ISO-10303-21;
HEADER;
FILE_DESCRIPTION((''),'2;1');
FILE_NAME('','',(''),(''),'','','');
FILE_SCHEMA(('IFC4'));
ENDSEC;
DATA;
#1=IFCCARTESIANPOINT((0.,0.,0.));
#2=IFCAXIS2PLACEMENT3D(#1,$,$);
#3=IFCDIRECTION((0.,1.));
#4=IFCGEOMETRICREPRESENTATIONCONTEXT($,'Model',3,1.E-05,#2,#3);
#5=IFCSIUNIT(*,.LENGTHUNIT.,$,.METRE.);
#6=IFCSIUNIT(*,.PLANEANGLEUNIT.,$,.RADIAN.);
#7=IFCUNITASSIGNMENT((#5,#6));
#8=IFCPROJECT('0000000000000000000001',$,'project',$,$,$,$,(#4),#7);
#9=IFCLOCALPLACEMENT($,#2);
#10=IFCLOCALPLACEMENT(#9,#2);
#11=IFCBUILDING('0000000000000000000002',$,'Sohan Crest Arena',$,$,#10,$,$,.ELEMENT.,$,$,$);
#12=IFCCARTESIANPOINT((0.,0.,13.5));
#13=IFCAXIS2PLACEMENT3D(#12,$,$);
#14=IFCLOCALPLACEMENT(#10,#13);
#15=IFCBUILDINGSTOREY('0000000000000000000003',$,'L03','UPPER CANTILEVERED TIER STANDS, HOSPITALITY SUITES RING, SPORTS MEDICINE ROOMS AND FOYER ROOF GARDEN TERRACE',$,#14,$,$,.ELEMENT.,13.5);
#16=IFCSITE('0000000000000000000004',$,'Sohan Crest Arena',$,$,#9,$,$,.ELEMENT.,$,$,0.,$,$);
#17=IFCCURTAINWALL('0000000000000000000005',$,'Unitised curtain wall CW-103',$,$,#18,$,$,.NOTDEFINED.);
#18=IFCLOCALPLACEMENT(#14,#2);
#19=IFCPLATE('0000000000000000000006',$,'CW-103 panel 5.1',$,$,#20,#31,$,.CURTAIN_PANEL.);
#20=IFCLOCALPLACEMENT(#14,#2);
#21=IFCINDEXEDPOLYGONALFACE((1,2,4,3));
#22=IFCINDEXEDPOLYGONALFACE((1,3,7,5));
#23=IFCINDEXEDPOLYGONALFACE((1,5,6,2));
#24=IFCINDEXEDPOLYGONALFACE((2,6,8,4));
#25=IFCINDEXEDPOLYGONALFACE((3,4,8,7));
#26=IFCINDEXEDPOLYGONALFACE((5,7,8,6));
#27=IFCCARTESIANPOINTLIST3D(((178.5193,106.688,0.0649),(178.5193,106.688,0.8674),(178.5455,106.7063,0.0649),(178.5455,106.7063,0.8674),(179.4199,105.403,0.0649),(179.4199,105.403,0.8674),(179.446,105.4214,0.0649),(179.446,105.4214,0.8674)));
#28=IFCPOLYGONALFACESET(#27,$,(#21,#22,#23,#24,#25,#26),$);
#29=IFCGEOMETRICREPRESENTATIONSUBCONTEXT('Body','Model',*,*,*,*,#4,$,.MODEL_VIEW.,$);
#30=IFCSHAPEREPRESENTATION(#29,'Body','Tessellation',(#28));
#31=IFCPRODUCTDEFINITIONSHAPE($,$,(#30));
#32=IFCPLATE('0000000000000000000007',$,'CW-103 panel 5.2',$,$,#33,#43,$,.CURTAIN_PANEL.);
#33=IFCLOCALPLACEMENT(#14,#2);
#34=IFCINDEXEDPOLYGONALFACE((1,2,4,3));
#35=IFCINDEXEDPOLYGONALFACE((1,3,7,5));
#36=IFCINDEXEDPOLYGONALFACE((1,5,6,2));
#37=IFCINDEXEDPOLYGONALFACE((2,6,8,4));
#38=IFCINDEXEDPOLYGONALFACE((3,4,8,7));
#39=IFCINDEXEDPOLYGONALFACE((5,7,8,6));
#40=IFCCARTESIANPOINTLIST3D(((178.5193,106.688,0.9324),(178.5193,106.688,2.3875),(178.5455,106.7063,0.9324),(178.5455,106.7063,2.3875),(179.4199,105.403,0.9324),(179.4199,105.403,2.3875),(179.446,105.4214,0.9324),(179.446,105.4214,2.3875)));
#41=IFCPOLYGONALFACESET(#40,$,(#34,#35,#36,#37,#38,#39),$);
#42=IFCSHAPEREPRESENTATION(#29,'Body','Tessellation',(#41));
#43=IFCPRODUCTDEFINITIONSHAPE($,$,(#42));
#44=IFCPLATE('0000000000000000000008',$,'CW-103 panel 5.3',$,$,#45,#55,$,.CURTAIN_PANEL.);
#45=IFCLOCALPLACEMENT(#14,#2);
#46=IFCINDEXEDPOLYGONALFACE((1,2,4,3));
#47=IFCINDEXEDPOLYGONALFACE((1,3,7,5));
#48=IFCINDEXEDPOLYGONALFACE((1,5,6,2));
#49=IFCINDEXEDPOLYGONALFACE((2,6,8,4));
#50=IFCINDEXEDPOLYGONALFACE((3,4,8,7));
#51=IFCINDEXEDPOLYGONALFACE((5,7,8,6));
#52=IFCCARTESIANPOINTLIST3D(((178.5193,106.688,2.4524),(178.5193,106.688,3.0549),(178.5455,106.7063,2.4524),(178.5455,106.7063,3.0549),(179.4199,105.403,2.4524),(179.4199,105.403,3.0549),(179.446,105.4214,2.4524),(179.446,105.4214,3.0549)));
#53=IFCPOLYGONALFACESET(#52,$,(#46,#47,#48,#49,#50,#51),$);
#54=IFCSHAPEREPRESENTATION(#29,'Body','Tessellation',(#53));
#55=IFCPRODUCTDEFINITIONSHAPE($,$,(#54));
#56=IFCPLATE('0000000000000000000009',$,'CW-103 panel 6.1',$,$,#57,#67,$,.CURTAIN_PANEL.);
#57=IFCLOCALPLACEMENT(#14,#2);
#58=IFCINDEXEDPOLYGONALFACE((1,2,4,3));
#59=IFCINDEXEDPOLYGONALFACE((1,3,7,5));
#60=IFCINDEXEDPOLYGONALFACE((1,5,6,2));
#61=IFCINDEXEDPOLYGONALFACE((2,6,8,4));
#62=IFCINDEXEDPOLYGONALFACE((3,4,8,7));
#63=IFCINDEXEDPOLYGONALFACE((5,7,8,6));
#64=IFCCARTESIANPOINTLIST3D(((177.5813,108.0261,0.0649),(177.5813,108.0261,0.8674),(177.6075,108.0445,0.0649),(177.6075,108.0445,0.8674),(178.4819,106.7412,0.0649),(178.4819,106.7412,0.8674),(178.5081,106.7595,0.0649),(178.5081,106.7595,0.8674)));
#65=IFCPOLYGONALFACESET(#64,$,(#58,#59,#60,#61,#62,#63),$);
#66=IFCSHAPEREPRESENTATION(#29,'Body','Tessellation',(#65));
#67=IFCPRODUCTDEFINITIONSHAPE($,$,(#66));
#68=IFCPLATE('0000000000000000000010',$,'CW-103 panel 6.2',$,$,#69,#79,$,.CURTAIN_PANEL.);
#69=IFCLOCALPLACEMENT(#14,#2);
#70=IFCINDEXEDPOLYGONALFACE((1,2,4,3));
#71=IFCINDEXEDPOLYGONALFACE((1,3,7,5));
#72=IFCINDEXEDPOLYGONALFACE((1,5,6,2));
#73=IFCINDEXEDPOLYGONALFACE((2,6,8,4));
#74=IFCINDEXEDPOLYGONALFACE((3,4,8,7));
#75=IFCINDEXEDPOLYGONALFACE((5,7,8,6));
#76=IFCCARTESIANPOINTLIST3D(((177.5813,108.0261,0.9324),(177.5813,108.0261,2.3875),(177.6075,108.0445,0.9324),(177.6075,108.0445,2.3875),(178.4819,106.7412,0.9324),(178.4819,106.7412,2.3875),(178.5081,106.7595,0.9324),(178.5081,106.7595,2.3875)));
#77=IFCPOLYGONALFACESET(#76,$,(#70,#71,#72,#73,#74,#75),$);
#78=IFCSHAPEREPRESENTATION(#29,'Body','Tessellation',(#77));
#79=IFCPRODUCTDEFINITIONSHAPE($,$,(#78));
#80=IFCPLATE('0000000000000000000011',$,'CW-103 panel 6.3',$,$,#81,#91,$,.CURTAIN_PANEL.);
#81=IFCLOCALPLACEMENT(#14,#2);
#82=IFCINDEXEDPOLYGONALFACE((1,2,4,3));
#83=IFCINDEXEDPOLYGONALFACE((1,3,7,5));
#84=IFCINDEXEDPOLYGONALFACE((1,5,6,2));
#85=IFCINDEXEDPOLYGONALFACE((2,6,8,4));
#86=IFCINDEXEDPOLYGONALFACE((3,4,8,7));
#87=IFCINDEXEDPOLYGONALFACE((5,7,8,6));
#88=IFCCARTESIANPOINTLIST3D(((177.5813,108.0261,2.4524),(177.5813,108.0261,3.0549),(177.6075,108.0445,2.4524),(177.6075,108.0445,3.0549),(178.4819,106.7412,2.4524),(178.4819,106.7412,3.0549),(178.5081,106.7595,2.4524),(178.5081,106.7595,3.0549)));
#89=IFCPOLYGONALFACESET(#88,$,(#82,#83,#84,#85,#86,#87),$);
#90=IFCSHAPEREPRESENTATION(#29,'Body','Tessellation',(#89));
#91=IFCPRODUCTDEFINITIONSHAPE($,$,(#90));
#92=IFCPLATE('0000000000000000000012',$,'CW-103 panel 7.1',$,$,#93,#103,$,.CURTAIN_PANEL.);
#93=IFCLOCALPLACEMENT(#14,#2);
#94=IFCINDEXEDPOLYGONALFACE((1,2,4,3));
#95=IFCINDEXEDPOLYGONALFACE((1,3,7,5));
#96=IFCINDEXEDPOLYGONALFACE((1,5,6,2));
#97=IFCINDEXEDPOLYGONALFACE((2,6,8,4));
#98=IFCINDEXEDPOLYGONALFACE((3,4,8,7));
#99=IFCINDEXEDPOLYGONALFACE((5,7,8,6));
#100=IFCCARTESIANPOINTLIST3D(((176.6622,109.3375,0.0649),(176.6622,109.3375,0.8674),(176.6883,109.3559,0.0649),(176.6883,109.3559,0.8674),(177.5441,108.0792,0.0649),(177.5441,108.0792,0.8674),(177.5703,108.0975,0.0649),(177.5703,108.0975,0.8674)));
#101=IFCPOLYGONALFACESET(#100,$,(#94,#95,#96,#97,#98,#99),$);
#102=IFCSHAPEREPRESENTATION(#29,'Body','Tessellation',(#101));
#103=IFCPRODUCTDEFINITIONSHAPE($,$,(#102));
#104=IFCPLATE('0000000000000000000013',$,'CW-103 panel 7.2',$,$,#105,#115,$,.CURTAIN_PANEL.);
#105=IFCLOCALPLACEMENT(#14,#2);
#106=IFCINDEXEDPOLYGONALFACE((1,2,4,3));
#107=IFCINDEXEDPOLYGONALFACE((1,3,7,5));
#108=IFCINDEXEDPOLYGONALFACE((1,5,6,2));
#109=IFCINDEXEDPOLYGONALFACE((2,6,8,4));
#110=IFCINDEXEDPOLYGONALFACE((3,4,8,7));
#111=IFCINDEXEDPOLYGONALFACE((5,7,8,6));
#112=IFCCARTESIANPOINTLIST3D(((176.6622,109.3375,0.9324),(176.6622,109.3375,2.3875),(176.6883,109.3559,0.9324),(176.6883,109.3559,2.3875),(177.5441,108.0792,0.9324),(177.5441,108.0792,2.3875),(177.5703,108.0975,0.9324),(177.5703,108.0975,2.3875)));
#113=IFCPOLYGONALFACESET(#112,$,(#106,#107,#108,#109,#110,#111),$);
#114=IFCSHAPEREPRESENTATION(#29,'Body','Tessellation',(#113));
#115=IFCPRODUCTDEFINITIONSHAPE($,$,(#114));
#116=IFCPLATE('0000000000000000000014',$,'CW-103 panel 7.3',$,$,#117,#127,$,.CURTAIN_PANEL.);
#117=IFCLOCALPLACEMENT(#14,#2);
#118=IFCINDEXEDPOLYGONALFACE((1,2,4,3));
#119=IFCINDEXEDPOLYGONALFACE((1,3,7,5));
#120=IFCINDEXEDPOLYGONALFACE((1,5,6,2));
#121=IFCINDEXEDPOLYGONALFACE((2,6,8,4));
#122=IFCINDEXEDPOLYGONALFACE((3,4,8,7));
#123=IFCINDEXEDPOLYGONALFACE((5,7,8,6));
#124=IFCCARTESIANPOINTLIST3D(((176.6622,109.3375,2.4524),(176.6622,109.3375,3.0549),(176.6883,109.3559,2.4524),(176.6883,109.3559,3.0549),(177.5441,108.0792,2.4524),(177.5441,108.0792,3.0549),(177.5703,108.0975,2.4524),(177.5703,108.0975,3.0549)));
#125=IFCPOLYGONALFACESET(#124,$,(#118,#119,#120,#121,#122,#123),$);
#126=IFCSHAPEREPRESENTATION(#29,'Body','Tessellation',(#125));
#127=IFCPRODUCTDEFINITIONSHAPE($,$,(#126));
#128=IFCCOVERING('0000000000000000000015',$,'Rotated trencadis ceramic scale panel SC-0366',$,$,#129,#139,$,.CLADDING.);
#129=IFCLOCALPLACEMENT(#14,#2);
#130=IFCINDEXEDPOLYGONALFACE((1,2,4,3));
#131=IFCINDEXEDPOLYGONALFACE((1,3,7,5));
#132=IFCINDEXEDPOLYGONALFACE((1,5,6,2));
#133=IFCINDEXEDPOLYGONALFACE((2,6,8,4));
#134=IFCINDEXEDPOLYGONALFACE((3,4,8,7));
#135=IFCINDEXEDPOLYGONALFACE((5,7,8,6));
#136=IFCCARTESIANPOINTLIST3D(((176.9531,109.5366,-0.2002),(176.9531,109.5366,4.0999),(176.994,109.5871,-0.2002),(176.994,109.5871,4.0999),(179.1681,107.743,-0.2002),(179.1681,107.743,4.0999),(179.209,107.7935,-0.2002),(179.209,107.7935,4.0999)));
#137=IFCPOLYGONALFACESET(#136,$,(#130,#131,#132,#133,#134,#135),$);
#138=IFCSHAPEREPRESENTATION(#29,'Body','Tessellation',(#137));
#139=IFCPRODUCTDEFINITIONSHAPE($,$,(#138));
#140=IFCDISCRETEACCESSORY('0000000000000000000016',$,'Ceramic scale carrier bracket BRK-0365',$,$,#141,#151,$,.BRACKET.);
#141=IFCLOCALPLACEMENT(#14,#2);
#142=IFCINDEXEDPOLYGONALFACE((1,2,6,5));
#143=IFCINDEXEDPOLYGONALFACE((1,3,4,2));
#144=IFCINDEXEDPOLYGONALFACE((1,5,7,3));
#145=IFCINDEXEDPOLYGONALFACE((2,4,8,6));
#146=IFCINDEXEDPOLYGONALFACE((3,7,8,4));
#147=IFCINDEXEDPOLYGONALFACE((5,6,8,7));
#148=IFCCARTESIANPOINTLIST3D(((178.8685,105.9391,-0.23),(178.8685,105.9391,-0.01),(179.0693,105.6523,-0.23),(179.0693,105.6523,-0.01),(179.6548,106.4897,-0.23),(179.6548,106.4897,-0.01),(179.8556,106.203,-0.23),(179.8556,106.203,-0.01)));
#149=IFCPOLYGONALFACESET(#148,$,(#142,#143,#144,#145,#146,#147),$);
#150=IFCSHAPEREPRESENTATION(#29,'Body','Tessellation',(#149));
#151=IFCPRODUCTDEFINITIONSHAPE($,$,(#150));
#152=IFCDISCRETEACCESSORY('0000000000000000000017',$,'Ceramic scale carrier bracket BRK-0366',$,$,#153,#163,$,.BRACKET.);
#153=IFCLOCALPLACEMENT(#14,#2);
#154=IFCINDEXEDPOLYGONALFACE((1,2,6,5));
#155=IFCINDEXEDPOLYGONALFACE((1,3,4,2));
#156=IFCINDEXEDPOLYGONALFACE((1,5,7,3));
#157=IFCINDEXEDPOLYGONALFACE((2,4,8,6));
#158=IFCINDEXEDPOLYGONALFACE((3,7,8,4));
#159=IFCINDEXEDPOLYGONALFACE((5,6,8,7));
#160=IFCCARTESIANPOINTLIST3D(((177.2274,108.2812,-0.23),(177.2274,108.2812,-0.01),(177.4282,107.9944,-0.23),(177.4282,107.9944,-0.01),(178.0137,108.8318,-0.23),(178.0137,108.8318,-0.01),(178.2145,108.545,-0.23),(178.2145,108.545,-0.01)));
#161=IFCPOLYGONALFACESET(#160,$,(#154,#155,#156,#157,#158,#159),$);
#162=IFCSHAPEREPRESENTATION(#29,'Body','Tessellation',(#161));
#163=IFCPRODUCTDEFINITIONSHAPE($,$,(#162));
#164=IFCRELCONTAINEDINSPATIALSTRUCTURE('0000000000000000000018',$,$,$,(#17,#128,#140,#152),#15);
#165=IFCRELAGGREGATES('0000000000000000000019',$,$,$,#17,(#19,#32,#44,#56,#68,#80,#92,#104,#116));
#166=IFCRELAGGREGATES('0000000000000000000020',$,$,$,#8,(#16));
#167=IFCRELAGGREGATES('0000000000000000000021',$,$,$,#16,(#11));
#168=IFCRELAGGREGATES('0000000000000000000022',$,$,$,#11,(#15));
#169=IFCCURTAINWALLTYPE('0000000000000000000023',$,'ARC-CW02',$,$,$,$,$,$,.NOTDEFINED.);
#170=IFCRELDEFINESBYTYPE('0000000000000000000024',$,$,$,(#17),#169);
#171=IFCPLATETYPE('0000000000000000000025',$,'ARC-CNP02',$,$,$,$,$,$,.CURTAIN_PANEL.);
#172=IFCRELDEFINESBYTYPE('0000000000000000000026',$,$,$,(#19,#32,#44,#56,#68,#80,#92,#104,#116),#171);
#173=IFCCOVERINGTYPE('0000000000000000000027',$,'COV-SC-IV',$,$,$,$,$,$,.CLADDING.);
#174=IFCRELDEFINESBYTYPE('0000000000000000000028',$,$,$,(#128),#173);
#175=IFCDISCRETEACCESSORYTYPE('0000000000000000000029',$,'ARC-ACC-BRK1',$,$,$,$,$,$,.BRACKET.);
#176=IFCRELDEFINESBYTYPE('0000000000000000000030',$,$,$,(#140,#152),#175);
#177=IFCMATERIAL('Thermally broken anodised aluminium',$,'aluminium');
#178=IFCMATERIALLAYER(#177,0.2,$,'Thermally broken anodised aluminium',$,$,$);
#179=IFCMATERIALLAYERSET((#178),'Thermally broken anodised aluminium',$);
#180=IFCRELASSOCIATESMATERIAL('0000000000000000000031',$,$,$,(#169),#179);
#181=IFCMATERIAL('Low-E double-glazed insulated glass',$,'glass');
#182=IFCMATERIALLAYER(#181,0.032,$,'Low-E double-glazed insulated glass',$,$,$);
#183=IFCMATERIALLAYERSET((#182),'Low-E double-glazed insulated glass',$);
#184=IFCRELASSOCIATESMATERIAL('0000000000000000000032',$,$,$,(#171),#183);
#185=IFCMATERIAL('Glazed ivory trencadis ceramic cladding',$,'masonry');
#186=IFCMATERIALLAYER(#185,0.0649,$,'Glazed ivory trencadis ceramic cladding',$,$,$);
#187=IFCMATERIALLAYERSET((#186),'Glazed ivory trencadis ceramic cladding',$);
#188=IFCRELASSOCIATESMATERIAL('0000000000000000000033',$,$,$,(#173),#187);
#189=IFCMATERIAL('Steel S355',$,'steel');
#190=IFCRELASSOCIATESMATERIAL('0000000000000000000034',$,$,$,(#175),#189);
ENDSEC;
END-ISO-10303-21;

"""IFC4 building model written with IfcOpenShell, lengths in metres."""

from ifc_helpers import new_model, si_unit, direction, frame, origin, origin_2d, place, context, subcontext, project, spatial, rectangle, extrude, material, layer, layer_set, type_object, element, aggregate, save


model = new_model("IFC4")

# Units and contexts
model_context = context("Model", 3, precision=1e-05, world=origin(), true_north=direction((0.0, 1.0)))
body_context = subcontext(model_context, "Body", "Model", "MODEL_VIEW")
ifc_project = project(units=[si_unit("LENGTHUNIT", "METRE"), si_unit("PLANEANGLEUNIT", "RADIAN")], contexts=[model_context])

# Site, building, storey
site_placement = place(None, origin())
site = spatial("IfcSite", under=ifc_project, at=site_placement, Name="Sohan Crest Arena", CompositionType="ELEMENT", RefElevation=0.0)
building_placement = place(site_placement, origin())
building = spatial("IfcBuilding", under=site, at=building_placement, Name="Sohan Crest Arena", CompositionType="ELEMENT")
storey_placement = place(building_placement, frame((0.0, 0.0, 13.5)))
storey = spatial("IfcBuildingStorey", under=building, at=storey_placement, Name="L03", Description="UPPER CANTILEVERED TIER STANDS, HOSPITALITY SUITES RING, SPORTS MEDICINE ROOMS AND FOYER ROOF GARDEN TERRACE", CompositionType="ELEMENT", Elevation=13.5)

# Shared definitions
ifc_material_1 = material(Name="Steel S355", Category="steel")

# Curtain wall
ifc_material_2 = material(Name="Thermally broken anodised aluminium", Category="aluminium")
ifc_layer_1 = layer(ifc_material_2, 0.2, Name="Thermally broken anodised aluminium")
ifc_layer_set_1 = layer_set([ifc_layer_1], Name="Thermally broken anodised aluminium")
curtain_wall_type = type_object("IfcCurtainWallType", Name="ARC-CW02", PredefinedType="NOTDEFINED", material=ifc_layer_set_1)
curtain_wall_placement = place(storey_placement, origin())
curtain_wall = element("IfcCurtainWall", 1, at=curtain_wall_placement, inside=storey, type_object=curtain_wall_type, Name="Unitised curtain wall CW-103", PredefinedType="NOTDEFINED")

# Plates
ifc_material_3 = material(Name="Low-E double-glazed insulated glass", Category="glass")
ifc_layer_2 = layer(ifc_material_3, 0.032, Name="Low-E double-glazed insulated glass")
ifc_layer_set_2 = layer_set([ifc_layer_2], Name="Low-E double-glazed insulated glass")
plate_type = type_object("IfcPlateType", Name="ARC-CNP02", PredefinedType="CURTAIN_PANEL", material=ifc_layer_set_2)
plate_1_placement = place(storey_placement, frame((178.9827, 106.0547, 0.0649), z_axis=(0.0, 0.0, 1.0), x_axis=(-0.573938, 0.818899, 0.0)))
plate_1 = element("IfcPlate", 2, at=plate_1_placement, type_object=plate_type, Name="CW-103 panel 5.1", PredefinedType="CURTAIN_PANEL", context=body_context, shape_type="SweptSolid", body=[
    extrude(rectangle(XDim=1.5691, YDim=0.032, at=origin_2d()), origin(), (0.0, 0.0, 1.0), 0.8025),
])
plate_2_placement = place(storey_placement, frame((178.9827, 106.0547, 0.9324), z_axis=(0.0, 0.0, 1.0), x_axis=(-0.573938, 0.818899, 0.0)))
plate_2 = element("IfcPlate", 3, at=plate_2_placement, type_object=plate_type, Name="CW-103 panel 5.2", PredefinedType="CURTAIN_PANEL", context=body_context, shape_type="SweptSolid", body=[
    extrude(rectangle(XDim=1.5691, YDim=0.032, at=origin_2d()), origin(), (0.0, 0.0, 1.0), 1.4551),
])
plate_3_placement = place(storey_placement, frame((178.9827, 106.0547, 2.4524), z_axis=(0.0, 0.0, 1.0), x_axis=(-0.573938, 0.818899, 0.0)))
plate_3 = element("IfcPlate", 4, at=plate_3_placement, type_object=plate_type, Name="CW-103 panel 5.3", PredefinedType="CURTAIN_PANEL", context=body_context, shape_type="SweptSolid", body=[
    extrude(rectangle(XDim=1.5691, YDim=0.032, at=origin_2d()), origin(), (0.0, 0.0, 1.0), 0.6025),
])
plate_4_placement = place(storey_placement, frame((178.0447, 107.3928, 0.0649), z_axis=(0.0, 0.0, 1.0), x_axis=(-0.573938, 0.818899, 0.0)))
plate_4 = element("IfcPlate", 5, at=plate_4_placement, type_object=plate_type, Name="CW-103 panel 6.1", PredefinedType="CURTAIN_PANEL", context=body_context, shape_type="SweptSolid", body=[
    extrude(rectangle(XDim=1.5691, YDim=0.032, at=origin_2d()), origin(), (0.0, 0.0, 1.0), 0.8025),
])
plate_5_placement = place(storey_placement, frame((178.0447, 107.3928, 0.9324), z_axis=(0.0, 0.0, 1.0), x_axis=(-0.573938, 0.818899, 0.0)))
plate_5 = element("IfcPlate", 6, at=plate_5_placement, type_object=plate_type, Name="CW-103 panel 6.2", PredefinedType="CURTAIN_PANEL", context=body_context, shape_type="SweptSolid", body=[
    extrude(rectangle(XDim=1.5691, YDim=0.032, at=origin_2d()), origin(), (0.0, 0.0, 1.0), 1.4551),
])
plate_6_placement = place(storey_placement, frame((178.0447, 107.3928, 2.4524), z_axis=(0.0, 0.0, 1.0), x_axis=(-0.573938, 0.818899, 0.0)))
plate_6 = element("IfcPlate", 7, at=plate_6_placement, type_object=plate_type, Name="CW-103 panel 6.3", PredefinedType="CURTAIN_PANEL", context=body_context, shape_type="SweptSolid", body=[
    extrude(rectangle(XDim=1.5691, YDim=0.032, at=origin_2d()), origin(), (0.0, 0.0, 1.0), 0.6025),
])
plate_7_placement = place(storey_placement, frame((177.1162, 108.7175, 0.0649), z_axis=(0.0, 0.0, 1.0), x_axis=(-0.573938, 0.818899, 0.0)))
plate_7 = element("IfcPlate", 8, at=plate_7_placement, type_object=plate_type, Name="CW-103 panel 7.1", PredefinedType="CURTAIN_PANEL", context=body_context, shape_type="SweptSolid", body=[
    extrude(rectangle(XDim=1.5366, YDim=0.032, at=origin_2d()), origin(), (0.0, 0.0, 1.0), 0.8025),
])
plate_8_placement = place(storey_placement, frame((177.1162, 108.7175, 0.9324), z_axis=(0.0, 0.0, 1.0), x_axis=(-0.573938, 0.818899, 0.0)))
plate_8 = element("IfcPlate", 9, at=plate_8_placement, type_object=plate_type, Name="CW-103 panel 7.2", PredefinedType="CURTAIN_PANEL", context=body_context, shape_type="SweptSolid", body=[
    extrude(rectangle(XDim=1.5366, YDim=0.032, at=origin_2d()), origin(), (0.0, 0.0, 1.0), 1.4551),
])
plate_9_placement = place(storey_placement, frame((177.1162, 108.7175, 2.4524), z_axis=(0.0, 0.0, 1.0), x_axis=(-0.573938, 0.818899, 0.0)))
plate_9 = element("IfcPlate", 10, at=plate_9_placement, type_object=plate_type, Name="CW-103 panel 7.3", PredefinedType="CURTAIN_PANEL", context=body_context, shape_type="SweptSolid", body=[
    extrude(rectangle(XDim=1.5366, YDim=0.032, at=origin_2d()), origin(), (0.0, 0.0, 1.0), 0.6025),
])
aggregate(curtain_wall, [plate_1, plate_2, plate_3, plate_4, plate_5, plate_6, plate_7, plate_8, plate_9])

# Covering
ifc_material_4 = material(Name="Glazed ivory trencadis ceramic cladding", Category="masonry")
ifc_layer_3 = layer(ifc_material_4, 0.0649, Name="Glazed ivory trencadis ceramic cladding")
ifc_layer_set_3 = layer_set([ifc_layer_3], Name="Glazed ivory trencadis ceramic cladding")
covering_type = type_object("IfcCoveringType", Name="COV-SC-IV", PredefinedType="CLADDING", material=ifc_layer_set_3)
covering_placement = place(storey_placement, frame((178.0811, 108.665, -0.2002), z_axis=(0.0, 0.0, 1.0), x_axis=(-0.777146, 0.62932, 0.0)))
element("IfcCovering", 11, at=covering_placement, inside=storey, type_object=covering_type, Name="Rotated trencadis ceramic scale panel SC-0366", PredefinedType="CLADDING", context=body_context, shape_type="SweptSolid", body=[
    extrude(rectangle(XDim=2.8501, YDim=0.0649, at=origin_2d()), origin(), (0.0, 0.0, 1.0), 4.3),
])

# Discrete accessories
discrete_accessory_type = type_object("IfcDiscreteAccessoryType", Name="ARC-ACC-BRK1", PredefinedType="BRACKET", material=ifc_material_1)
for number, where, z_axis, x_axis, name in (
    (12, (179.3621, 106.071, -0.23), (0.0, 0.0, 1.0), (-0.573576, 0.819152, 0.0), "Ceramic scale carrier bracket BRK-0365"),
    (13, (177.7209, 108.4131, -0.23), (0.0, 0.0, 1.0), (-0.573576, 0.819152, 0.0), "Ceramic scale carrier bracket BRK-0366"),
):
    element("IfcDiscreteAccessory", number, at=place(storey_placement, frame(where, z_axis=z_axis, x_axis=x_axis)), inside=storey, type_object=discrete_accessory_type, Name=name, PredefinedType="BRACKET", context=body_context, shape_type="SweptSolid", body=[
        extrude(rectangle(XDim=0.3501, YDim=0.96, at=origin_2d()), origin(), (0.0, 0.0, 1.0), 0.22),
    ])

save(model, "model.ifc")
